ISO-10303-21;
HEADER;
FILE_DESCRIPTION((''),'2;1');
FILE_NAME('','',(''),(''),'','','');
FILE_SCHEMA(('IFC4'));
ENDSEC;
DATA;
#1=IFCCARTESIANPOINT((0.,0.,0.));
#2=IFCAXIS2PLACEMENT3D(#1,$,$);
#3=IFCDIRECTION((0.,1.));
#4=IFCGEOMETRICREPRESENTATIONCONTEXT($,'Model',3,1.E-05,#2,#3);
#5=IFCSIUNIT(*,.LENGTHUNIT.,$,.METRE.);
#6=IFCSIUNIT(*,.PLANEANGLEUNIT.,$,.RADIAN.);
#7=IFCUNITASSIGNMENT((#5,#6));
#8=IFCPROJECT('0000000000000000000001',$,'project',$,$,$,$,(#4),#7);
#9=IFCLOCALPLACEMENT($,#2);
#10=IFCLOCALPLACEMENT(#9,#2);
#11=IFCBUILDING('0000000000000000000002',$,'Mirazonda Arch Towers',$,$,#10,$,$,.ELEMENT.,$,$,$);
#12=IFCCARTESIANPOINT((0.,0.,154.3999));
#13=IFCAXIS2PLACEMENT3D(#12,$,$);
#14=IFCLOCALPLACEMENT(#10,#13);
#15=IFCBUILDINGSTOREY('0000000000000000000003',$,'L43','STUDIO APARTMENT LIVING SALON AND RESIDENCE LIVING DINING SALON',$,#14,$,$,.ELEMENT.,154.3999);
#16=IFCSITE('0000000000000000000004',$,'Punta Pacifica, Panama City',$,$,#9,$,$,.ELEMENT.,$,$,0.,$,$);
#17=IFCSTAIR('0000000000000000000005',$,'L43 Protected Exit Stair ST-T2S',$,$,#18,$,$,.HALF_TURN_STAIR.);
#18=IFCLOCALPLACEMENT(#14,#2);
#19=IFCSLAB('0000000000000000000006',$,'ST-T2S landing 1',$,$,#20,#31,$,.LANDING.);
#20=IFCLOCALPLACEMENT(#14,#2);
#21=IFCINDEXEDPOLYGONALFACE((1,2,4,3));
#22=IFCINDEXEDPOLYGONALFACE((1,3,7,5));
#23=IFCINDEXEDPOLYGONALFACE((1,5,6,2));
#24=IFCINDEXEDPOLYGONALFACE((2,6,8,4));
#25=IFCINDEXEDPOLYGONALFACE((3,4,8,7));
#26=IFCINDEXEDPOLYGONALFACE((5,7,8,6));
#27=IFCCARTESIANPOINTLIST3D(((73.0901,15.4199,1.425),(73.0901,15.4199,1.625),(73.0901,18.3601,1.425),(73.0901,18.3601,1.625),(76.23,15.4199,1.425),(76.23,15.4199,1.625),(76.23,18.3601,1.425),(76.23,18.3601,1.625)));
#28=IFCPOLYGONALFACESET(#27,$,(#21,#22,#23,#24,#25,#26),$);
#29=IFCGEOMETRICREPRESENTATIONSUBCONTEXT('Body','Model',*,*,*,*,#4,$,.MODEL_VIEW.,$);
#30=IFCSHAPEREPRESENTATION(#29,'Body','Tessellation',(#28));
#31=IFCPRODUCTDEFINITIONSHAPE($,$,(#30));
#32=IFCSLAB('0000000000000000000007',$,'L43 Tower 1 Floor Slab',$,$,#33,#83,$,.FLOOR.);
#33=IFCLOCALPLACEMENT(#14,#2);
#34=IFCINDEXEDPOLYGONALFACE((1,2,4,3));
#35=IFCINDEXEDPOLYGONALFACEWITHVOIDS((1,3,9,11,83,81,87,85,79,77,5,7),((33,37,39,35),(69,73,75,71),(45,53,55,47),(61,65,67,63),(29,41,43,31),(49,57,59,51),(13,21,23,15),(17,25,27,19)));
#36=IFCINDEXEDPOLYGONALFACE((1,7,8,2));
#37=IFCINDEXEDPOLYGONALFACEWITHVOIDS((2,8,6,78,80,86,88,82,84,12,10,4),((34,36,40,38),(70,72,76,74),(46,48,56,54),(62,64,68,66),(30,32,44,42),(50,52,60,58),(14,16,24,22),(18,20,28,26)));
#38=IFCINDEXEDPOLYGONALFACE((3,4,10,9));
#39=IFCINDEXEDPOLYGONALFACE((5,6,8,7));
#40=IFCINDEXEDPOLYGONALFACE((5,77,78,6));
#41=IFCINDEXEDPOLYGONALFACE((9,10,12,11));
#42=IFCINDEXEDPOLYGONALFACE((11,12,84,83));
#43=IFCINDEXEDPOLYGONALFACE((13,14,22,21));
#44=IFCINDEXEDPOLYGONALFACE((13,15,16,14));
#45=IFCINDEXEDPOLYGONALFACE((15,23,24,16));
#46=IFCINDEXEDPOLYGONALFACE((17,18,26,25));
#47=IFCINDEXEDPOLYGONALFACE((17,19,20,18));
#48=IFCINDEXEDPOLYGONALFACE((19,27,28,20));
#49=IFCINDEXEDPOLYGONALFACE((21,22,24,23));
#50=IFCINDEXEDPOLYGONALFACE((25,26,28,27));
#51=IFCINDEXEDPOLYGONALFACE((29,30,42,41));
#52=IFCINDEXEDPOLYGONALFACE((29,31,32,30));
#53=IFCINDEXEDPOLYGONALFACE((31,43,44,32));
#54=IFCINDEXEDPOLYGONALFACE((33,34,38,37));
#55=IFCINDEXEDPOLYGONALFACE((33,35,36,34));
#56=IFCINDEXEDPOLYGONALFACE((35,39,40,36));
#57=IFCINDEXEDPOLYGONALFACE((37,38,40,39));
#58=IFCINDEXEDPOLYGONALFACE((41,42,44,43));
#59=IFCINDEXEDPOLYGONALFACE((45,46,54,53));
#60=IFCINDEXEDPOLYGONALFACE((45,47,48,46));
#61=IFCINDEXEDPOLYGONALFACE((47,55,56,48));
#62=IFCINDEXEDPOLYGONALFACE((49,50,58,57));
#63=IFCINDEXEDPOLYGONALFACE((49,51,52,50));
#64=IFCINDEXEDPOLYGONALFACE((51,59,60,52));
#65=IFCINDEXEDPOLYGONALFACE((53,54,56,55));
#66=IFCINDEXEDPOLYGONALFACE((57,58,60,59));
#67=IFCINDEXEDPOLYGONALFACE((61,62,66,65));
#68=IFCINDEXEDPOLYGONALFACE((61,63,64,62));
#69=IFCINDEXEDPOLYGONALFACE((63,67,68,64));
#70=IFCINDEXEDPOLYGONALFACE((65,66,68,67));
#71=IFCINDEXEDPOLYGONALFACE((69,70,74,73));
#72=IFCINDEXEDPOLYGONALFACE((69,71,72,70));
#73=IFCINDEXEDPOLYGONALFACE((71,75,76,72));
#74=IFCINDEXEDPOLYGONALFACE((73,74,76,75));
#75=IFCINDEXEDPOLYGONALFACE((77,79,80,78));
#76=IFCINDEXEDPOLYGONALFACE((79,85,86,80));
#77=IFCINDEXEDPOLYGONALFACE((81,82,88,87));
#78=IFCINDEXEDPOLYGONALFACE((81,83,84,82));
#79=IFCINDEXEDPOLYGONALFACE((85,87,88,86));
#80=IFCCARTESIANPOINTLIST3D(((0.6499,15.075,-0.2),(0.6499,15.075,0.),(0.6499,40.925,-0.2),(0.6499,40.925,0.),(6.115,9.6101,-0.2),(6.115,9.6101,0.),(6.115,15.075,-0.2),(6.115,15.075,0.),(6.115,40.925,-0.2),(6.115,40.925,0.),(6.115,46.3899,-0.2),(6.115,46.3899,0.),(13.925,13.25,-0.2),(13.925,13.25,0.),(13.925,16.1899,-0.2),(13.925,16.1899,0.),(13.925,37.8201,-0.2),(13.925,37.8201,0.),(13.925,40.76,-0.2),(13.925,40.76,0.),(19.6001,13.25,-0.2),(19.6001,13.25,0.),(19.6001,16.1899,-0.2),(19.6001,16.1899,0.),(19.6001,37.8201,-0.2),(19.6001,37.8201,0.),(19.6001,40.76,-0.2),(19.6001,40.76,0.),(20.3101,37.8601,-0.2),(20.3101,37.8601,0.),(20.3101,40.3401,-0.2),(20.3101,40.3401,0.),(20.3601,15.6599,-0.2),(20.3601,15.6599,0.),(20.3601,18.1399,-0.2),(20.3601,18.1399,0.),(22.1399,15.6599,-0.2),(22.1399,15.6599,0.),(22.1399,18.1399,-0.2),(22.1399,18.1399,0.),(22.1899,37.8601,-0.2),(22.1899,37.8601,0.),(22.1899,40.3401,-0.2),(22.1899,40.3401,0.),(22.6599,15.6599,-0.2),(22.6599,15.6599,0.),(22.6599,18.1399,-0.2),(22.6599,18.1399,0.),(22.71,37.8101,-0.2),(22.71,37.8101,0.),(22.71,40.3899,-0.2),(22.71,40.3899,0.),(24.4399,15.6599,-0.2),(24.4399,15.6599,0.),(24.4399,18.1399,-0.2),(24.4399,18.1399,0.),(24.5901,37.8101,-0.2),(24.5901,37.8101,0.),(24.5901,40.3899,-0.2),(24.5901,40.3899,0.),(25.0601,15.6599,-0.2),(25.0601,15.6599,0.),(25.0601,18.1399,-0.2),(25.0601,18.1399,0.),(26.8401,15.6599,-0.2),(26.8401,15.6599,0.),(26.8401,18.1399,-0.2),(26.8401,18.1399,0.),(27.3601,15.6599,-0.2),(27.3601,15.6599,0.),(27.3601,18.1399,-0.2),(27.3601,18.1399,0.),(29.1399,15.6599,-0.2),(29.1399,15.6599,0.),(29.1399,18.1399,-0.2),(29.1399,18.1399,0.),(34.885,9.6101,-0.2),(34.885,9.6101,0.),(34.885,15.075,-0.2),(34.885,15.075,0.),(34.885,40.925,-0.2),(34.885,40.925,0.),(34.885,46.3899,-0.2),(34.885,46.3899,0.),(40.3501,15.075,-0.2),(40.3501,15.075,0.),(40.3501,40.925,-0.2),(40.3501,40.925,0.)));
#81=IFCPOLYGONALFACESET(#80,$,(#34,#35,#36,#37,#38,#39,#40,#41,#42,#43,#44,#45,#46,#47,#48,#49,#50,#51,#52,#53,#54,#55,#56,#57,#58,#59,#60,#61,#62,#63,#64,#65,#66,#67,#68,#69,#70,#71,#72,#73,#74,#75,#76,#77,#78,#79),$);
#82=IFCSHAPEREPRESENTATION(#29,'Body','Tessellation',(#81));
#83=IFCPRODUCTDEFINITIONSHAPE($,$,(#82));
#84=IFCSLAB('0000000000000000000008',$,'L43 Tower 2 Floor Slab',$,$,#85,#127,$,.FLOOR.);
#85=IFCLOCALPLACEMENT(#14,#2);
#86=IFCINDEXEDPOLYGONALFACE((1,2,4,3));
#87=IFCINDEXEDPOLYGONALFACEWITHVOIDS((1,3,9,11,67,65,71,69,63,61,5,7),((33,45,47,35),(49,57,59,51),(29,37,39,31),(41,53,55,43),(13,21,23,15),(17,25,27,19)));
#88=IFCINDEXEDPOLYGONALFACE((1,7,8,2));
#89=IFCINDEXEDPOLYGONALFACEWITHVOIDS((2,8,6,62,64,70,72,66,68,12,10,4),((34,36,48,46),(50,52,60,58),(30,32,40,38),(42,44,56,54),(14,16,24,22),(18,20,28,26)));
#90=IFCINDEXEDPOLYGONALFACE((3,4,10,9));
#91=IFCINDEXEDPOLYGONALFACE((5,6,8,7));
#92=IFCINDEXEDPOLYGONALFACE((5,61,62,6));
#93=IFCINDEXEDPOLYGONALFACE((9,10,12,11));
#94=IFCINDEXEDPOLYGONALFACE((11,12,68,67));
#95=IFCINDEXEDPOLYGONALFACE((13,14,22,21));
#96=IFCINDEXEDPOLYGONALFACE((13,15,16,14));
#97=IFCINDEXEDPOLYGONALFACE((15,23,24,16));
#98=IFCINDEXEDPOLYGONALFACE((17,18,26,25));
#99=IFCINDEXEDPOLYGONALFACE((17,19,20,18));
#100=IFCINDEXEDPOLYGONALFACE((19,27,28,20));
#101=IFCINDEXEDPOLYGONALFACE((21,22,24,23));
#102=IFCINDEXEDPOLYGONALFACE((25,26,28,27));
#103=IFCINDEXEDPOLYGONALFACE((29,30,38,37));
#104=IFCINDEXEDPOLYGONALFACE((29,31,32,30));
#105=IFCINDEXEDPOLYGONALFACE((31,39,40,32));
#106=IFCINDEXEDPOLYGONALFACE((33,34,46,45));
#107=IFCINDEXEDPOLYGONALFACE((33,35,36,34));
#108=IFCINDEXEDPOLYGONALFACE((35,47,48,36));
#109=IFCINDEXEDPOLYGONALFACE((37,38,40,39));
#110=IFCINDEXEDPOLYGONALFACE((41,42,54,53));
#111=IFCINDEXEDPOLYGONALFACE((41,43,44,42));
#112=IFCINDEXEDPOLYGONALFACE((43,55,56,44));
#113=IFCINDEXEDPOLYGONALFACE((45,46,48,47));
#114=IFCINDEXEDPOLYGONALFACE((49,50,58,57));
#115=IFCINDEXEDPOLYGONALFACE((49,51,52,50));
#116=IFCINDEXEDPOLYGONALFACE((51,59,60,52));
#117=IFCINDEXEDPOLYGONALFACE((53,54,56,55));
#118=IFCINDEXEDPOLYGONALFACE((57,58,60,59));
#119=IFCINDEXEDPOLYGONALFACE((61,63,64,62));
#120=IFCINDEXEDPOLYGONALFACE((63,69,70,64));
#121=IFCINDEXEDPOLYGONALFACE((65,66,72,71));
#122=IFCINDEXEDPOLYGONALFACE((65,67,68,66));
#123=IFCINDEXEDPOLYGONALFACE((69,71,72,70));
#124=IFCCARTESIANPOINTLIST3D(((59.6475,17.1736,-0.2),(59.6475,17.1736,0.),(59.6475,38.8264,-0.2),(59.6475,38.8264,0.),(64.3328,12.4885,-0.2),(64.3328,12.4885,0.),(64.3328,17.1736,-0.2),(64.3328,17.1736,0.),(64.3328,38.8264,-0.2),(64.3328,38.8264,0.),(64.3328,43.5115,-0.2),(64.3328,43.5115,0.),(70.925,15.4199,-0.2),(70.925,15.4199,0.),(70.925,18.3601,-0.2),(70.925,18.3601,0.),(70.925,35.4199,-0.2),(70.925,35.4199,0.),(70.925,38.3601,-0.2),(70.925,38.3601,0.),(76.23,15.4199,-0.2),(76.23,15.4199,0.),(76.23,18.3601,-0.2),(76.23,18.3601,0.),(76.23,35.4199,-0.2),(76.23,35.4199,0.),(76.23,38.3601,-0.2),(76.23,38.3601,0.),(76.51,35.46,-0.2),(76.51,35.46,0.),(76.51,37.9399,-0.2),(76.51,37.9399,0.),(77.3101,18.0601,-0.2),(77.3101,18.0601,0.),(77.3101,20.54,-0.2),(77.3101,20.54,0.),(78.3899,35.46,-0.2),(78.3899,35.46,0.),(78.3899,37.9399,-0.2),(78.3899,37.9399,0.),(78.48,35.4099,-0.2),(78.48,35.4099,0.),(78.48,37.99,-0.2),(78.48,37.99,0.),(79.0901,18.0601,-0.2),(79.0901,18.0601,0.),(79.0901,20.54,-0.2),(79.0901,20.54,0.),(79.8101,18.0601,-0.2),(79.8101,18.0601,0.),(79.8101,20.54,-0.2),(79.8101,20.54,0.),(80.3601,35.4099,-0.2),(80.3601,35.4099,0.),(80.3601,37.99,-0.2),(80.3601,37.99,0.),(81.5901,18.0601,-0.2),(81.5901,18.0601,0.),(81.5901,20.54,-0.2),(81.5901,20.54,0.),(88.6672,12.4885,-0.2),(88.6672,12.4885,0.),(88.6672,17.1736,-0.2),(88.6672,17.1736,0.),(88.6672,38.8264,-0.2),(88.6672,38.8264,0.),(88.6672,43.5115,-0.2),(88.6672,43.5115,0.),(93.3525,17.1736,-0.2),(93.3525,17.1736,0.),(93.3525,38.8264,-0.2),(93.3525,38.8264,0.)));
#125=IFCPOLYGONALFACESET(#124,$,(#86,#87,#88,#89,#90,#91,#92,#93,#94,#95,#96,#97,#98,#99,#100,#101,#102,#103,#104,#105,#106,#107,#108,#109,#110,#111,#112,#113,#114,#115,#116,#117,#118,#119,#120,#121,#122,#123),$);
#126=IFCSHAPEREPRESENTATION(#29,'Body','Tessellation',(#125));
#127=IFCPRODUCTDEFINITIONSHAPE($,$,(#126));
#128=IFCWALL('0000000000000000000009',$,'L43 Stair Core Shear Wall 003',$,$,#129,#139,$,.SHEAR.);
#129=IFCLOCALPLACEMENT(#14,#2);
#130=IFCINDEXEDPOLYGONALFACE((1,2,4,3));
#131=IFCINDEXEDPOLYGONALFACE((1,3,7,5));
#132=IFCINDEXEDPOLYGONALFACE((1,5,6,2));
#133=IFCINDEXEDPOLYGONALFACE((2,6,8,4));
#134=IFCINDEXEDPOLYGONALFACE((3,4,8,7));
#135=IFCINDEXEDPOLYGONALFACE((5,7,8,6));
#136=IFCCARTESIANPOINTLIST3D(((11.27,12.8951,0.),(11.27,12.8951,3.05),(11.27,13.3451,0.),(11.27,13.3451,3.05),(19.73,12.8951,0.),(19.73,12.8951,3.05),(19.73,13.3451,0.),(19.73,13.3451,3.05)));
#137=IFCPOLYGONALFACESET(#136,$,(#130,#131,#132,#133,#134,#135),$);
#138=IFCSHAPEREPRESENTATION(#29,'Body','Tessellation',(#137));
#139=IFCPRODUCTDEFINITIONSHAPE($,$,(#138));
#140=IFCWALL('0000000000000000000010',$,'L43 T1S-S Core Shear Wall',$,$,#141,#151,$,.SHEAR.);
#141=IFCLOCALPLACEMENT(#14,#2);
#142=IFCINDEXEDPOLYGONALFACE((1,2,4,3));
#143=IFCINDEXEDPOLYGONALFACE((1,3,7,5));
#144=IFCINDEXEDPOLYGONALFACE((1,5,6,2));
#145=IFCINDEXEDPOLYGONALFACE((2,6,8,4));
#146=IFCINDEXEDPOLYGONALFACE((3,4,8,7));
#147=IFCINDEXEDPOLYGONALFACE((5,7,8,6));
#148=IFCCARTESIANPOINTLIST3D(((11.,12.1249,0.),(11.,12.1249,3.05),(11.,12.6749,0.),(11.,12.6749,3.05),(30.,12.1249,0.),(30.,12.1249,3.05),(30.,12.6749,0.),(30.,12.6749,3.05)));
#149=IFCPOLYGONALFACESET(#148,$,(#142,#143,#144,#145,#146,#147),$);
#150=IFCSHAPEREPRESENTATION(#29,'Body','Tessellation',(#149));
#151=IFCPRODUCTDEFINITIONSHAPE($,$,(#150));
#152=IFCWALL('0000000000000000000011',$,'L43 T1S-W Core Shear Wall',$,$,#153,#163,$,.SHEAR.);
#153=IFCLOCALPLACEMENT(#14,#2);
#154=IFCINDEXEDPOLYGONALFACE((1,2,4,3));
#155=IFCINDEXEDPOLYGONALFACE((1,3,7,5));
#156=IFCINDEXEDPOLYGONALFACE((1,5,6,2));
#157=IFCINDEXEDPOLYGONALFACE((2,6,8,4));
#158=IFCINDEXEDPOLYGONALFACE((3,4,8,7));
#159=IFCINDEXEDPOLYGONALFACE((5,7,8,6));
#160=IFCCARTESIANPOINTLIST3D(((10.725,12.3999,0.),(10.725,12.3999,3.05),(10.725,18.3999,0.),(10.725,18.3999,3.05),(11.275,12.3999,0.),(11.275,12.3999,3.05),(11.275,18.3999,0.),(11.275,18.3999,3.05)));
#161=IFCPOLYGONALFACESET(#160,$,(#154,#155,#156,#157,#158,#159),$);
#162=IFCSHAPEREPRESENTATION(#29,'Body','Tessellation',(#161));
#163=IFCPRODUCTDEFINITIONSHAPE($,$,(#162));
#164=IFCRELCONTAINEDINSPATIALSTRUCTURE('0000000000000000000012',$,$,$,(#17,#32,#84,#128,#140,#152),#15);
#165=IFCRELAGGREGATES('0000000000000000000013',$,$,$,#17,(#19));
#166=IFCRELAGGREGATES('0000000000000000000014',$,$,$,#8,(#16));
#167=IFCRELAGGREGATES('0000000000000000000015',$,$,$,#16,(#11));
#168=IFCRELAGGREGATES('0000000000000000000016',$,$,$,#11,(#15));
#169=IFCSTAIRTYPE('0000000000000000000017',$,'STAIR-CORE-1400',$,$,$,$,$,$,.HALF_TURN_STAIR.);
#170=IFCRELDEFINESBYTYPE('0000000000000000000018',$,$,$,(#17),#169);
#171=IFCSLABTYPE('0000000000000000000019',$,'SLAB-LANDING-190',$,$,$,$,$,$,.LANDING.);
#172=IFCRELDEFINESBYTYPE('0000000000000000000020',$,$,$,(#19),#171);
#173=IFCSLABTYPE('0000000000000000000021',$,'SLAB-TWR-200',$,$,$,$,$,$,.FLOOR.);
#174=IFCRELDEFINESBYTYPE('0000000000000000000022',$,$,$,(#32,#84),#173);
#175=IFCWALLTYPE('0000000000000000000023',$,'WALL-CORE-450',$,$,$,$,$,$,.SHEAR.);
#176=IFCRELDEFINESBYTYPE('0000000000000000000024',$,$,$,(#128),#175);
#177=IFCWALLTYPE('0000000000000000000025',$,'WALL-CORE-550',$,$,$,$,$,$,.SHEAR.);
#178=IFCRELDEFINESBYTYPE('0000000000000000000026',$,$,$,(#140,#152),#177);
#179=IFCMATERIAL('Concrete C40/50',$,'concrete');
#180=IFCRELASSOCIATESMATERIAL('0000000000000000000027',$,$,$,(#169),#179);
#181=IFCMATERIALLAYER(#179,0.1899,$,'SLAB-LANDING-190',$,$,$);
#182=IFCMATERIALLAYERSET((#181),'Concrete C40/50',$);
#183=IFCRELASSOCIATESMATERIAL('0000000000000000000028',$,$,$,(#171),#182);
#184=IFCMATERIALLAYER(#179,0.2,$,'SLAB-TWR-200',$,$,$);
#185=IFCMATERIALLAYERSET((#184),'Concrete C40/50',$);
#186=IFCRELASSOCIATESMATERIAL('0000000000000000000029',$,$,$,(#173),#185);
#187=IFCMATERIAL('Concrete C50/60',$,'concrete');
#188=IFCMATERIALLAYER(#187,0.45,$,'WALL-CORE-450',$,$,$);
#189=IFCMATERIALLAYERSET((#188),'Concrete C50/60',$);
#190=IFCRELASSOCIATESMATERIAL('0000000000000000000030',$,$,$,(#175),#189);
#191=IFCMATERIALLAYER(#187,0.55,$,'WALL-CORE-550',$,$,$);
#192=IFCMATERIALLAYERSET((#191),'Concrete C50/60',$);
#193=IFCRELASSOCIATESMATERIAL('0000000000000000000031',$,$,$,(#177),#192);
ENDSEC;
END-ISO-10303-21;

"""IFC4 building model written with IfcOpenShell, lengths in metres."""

from ifc_helpers import new_model, si_unit, direction, frame, frame_2d, origin, place, context, subcontext, project, spatial, polyline, rectangle, outline, extrude, material, layer, layer_set, type_object, element, aggregate, save


model = new_model("IFC4")

# Units and contexts
model_context = context("Model", 3, precision=1e-05, world=origin(), true_north=direction((0.0, 1.0)))
body_context = subcontext(model_context, "Body", "Model", "MODEL_VIEW")
ifc_project = project(units=[si_unit("LENGTHUNIT", "METRE"), si_unit("PLANEANGLEUNIT", "RADIAN")], contexts=[model_context])

# Site, building, storey
site_placement = place(None, origin())
site = spatial("IfcSite", under=ifc_project, at=site_placement, Name="Punta Pacifica, Panama City", CompositionType="ELEMENT", RefElevation=0.0)
building_placement = place(site_placement, origin())
building = spatial("IfcBuilding", under=site, at=building_placement, Name="Mirazonda Arch Towers", CompositionType="ELEMENT")
storey_placement = place(building_placement, frame((0.0, 0.0, 154.3999)))
storey = spatial("IfcBuildingStorey", under=building, at=storey_placement, Name="L43", Description="STUDIO APARTMENT LIVING SALON AND RESIDENCE LIVING DINING SALON", CompositionType="ELEMENT", Elevation=154.3999)

# Shared definitions
ifc_material_1 = material(Name="Concrete C50/60", Category="concrete")

# Stair, slab
ifc_material_2 = material(Name="Concrete C40/50", Category="concrete")
stair_type = type_object("IfcStairType", Name="STAIR-CORE-1400", PredefinedType="HALF_TURN_STAIR", material=ifc_material_2)
ifc_layer_1 = layer(ifc_material_2, 0.1899, Name="SLAB-LANDING-190")
ifc_layer_set_1 = layer_set([ifc_layer_1], Name="Concrete C40/50")
slab_type_1 = type_object("IfcSlabType", Name="SLAB-LANDING-190", PredefinedType="LANDING", material=ifc_layer_set_1)
stair_1_placement = place(storey_placement, origin())
stair_1 = element("IfcStair", 1, at=stair_1_placement, inside=storey, type_object=stair_type, Name="L43 Protected Exit Stair ST-T2S", PredefinedType="HALF_TURN_STAIR")
slab_1_placement = place(storey_placement, frame((0.0, 0.0, 1.425)))
slab_1 = element("IfcSlab", 2, at=slab_1_placement, type_object=slab_type_1, Name="ST-T2S landing 1", PredefinedType="LANDING", context=body_context, shape_type="SweptSolid", body=[
    extrude(outline(polyline([(73.0901, 15.4199), (76.23, 15.4199), (76.23, 18.3601), (73.0901, 18.3601), (73.0901, 15.4199)])), origin(), (0.0, 0.0, 1.0), 0.2),
])
aggregate(stair_1, [slab_1])

# Slabs
ifc_layer_2 = layer(ifc_material_2, 0.2, Name="SLAB-TWR-200")
ifc_layer_set_2 = layer_set([ifc_layer_2], Name="Concrete C40/50")
slab_type_2 = type_object("IfcSlabType", Name="SLAB-TWR-200", PredefinedType="FLOOR", material=ifc_layer_set_2)
slab_2_placement = place(storey_placement, frame((0.0, 0.0, -0.2)))
element("IfcSlab", 3, at=slab_2_placement, inside=storey, type_object=slab_type_2, Name="L43 Tower 1 Floor Slab", PredefinedType="FLOOR", context=body_context, shape_type="SweptSolid", body=[
    extrude(outline(polyline([(6.115, 9.6101), (34.885, 9.6101), (34.885, 15.075), (40.3501, 15.075), (40.3501, 40.925), (34.885, 40.925), (34.885, 46.3899), (6.115, 46.3899), (6.115, 40.925), (0.6499, 40.925), (0.6499, 15.075), (6.115, 15.075), (6.115, 9.6101)]), holes=[polyline([(27.3601, 18.1399), (29.1399, 18.1399), (29.1399, 15.6599), (27.3601, 15.6599), (27.3601, 18.1399)]), polyline([(25.0601, 18.1399), (26.8401, 18.1399), (26.8401, 15.6599), (25.0601, 15.6599), (25.0601, 18.1399)]), polyline([(22.71, 40.3899), (24.5901, 40.3899), (24.5901, 37.8101), (22.71, 37.8101), (22.71, 40.3899)]), polyline([(22.6599, 18.1399), (24.4399, 18.1399), (24.4399, 15.6599), (22.6599, 15.6599), (22.6599, 18.1399)]), polyline([(20.3101, 40.3401), (22.1899, 40.3401), (22.1899, 37.8601), (20.3101, 37.8601), (20.3101, 40.3401)]), polyline([(20.3601, 18.1399), (22.1399, 18.1399), (22.1399, 15.6599), (20.3601, 15.6599), (20.3601, 18.1399)]), polyline([(13.925, 13.25), (13.925, 16.1899), (19.6001, 16.1899), (19.6001, 13.25), (13.925, 13.25)]), polyline([(13.925, 37.8201), (13.925, 40.76), (19.6001, 40.76), (19.6001, 37.8201), (13.925, 37.8201)])]), origin(), (0.0, 0.0, 1.0), 0.2),
])
slab_3_placement = place(storey_placement, frame((0.0, 0.0, -0.2)))
element("IfcSlab", 4, at=slab_3_placement, inside=storey, type_object=slab_type_2, Name="L43 Tower 2 Floor Slab", PredefinedType="FLOOR", context=body_context, shape_type="SweptSolid", body=[
    extrude(outline(polyline([(64.3328, 12.4885), (88.6672, 12.4885), (88.6672, 17.1736), (93.3525, 17.1736), (93.3525, 38.8264), (88.6672, 38.8264), (88.6672, 43.5115), (64.3328, 43.5115), (64.3328, 38.8264), (59.6475, 38.8264), (59.6475, 17.1736), (64.3328, 17.1736), (64.3328, 12.4885)]), holes=[polyline([(79.8101, 20.54), (81.5901, 20.54), (81.5901, 18.0601), (79.8101, 18.0601), (79.8101, 20.54)]), polyline([(78.48, 37.99), (80.3601, 37.99), (80.3601, 35.4099), (78.48, 35.4099), (78.48, 37.99)]), polyline([(77.3101, 20.54), (79.0901, 20.54), (79.0901, 18.0601), (77.3101, 18.0601), (77.3101, 20.54)]), polyline([(76.51, 35.46), (76.51, 37.9399), (78.3899, 37.9399), (78.3899, 35.46), (76.51, 35.46)]), polyline([(76.23, 15.4199), (70.925, 15.4199), (70.925, 18.3601), (76.23, 18.3601), (76.23, 15.4199)]), polyline([(70.925, 35.4199), (70.925, 38.3601), (76.23, 38.3601), (76.23, 35.4199), (70.925, 35.4199)])]), origin(), (0.0, 0.0, 1.0), 0.2),
])

# Walls
ifc_layer_3 = layer(ifc_material_1, 0.45, Name="WALL-CORE-450")
ifc_layer_set_3 = layer_set([ifc_layer_3], Name="Concrete C50/60")
wall_type_1 = type_object("IfcWallType", Name="WALL-CORE-450", PredefinedType="SHEAR", material=ifc_layer_set_3)
wall_1_placement = place(storey_placement, frame((11.27, 13.1201, 0.0), z_axis=(0.0, 0.0, 1.0), x_axis=(1.0, 0.0, 0.0)))
element("IfcWall", 5, at=wall_1_placement, inside=storey, type_object=wall_type_1, Name="L43 Stair Core Shear Wall 003", PredefinedType="SHEAR", context=body_context, shape_type="SweptSolid", body=[
    extrude(rectangle(XDim=8.46, YDim=0.45, at=frame_2d((4.23, 0.0))), origin(), (0.0, 0.0, 1.0), 3.05),
])
ifc_layer_4 = layer(ifc_material_1, 0.55, Name="WALL-CORE-550")
ifc_layer_set_4 = layer_set([ifc_layer_4], Name="Concrete C50/60")
wall_type_2 = type_object("IfcWallType", Name="WALL-CORE-550", PredefinedType="SHEAR", material=ifc_layer_set_4)
wall_2_placement = place(storey_placement, frame((11.0, 12.3999, 0.0), z_axis=(0.0, 0.0, 1.0), x_axis=(1.0, 0.0, 0.0)))
element("IfcWall", 6, at=wall_2_placement, inside=storey, type_object=wall_type_2, Name="L43 T1S-S Core Shear Wall", PredefinedType="SHEAR", context=body_context, shape_type="SweptSolid", body=[
    extrude(rectangle(XDim=19.0, YDim=0.55, at=frame_2d((9.5, 0.0))), origin(), (0.0, 0.0, 1.0), 3.05),
])
wall_3_placement = place(storey_placement, frame((11.0, 12.3999, 0.0), z_axis=(0.0, 0.0, 1.0), x_axis=(0.0, 1.0, 0.0)))
element("IfcWall", 7, at=wall_3_placement, inside=storey, type_object=wall_type_2, Name="L43 T1S-W Core Shear Wall", PredefinedType="SHEAR", context=body_context, shape_type="SweptSolid", body=[
    extrude(rectangle(XDim=6.0, YDim=0.55, at=frame_2d((3.0, 0.0))), origin(), (0.0, 0.0, 1.0), 3.05),
])

save(model, "model.ifc")
